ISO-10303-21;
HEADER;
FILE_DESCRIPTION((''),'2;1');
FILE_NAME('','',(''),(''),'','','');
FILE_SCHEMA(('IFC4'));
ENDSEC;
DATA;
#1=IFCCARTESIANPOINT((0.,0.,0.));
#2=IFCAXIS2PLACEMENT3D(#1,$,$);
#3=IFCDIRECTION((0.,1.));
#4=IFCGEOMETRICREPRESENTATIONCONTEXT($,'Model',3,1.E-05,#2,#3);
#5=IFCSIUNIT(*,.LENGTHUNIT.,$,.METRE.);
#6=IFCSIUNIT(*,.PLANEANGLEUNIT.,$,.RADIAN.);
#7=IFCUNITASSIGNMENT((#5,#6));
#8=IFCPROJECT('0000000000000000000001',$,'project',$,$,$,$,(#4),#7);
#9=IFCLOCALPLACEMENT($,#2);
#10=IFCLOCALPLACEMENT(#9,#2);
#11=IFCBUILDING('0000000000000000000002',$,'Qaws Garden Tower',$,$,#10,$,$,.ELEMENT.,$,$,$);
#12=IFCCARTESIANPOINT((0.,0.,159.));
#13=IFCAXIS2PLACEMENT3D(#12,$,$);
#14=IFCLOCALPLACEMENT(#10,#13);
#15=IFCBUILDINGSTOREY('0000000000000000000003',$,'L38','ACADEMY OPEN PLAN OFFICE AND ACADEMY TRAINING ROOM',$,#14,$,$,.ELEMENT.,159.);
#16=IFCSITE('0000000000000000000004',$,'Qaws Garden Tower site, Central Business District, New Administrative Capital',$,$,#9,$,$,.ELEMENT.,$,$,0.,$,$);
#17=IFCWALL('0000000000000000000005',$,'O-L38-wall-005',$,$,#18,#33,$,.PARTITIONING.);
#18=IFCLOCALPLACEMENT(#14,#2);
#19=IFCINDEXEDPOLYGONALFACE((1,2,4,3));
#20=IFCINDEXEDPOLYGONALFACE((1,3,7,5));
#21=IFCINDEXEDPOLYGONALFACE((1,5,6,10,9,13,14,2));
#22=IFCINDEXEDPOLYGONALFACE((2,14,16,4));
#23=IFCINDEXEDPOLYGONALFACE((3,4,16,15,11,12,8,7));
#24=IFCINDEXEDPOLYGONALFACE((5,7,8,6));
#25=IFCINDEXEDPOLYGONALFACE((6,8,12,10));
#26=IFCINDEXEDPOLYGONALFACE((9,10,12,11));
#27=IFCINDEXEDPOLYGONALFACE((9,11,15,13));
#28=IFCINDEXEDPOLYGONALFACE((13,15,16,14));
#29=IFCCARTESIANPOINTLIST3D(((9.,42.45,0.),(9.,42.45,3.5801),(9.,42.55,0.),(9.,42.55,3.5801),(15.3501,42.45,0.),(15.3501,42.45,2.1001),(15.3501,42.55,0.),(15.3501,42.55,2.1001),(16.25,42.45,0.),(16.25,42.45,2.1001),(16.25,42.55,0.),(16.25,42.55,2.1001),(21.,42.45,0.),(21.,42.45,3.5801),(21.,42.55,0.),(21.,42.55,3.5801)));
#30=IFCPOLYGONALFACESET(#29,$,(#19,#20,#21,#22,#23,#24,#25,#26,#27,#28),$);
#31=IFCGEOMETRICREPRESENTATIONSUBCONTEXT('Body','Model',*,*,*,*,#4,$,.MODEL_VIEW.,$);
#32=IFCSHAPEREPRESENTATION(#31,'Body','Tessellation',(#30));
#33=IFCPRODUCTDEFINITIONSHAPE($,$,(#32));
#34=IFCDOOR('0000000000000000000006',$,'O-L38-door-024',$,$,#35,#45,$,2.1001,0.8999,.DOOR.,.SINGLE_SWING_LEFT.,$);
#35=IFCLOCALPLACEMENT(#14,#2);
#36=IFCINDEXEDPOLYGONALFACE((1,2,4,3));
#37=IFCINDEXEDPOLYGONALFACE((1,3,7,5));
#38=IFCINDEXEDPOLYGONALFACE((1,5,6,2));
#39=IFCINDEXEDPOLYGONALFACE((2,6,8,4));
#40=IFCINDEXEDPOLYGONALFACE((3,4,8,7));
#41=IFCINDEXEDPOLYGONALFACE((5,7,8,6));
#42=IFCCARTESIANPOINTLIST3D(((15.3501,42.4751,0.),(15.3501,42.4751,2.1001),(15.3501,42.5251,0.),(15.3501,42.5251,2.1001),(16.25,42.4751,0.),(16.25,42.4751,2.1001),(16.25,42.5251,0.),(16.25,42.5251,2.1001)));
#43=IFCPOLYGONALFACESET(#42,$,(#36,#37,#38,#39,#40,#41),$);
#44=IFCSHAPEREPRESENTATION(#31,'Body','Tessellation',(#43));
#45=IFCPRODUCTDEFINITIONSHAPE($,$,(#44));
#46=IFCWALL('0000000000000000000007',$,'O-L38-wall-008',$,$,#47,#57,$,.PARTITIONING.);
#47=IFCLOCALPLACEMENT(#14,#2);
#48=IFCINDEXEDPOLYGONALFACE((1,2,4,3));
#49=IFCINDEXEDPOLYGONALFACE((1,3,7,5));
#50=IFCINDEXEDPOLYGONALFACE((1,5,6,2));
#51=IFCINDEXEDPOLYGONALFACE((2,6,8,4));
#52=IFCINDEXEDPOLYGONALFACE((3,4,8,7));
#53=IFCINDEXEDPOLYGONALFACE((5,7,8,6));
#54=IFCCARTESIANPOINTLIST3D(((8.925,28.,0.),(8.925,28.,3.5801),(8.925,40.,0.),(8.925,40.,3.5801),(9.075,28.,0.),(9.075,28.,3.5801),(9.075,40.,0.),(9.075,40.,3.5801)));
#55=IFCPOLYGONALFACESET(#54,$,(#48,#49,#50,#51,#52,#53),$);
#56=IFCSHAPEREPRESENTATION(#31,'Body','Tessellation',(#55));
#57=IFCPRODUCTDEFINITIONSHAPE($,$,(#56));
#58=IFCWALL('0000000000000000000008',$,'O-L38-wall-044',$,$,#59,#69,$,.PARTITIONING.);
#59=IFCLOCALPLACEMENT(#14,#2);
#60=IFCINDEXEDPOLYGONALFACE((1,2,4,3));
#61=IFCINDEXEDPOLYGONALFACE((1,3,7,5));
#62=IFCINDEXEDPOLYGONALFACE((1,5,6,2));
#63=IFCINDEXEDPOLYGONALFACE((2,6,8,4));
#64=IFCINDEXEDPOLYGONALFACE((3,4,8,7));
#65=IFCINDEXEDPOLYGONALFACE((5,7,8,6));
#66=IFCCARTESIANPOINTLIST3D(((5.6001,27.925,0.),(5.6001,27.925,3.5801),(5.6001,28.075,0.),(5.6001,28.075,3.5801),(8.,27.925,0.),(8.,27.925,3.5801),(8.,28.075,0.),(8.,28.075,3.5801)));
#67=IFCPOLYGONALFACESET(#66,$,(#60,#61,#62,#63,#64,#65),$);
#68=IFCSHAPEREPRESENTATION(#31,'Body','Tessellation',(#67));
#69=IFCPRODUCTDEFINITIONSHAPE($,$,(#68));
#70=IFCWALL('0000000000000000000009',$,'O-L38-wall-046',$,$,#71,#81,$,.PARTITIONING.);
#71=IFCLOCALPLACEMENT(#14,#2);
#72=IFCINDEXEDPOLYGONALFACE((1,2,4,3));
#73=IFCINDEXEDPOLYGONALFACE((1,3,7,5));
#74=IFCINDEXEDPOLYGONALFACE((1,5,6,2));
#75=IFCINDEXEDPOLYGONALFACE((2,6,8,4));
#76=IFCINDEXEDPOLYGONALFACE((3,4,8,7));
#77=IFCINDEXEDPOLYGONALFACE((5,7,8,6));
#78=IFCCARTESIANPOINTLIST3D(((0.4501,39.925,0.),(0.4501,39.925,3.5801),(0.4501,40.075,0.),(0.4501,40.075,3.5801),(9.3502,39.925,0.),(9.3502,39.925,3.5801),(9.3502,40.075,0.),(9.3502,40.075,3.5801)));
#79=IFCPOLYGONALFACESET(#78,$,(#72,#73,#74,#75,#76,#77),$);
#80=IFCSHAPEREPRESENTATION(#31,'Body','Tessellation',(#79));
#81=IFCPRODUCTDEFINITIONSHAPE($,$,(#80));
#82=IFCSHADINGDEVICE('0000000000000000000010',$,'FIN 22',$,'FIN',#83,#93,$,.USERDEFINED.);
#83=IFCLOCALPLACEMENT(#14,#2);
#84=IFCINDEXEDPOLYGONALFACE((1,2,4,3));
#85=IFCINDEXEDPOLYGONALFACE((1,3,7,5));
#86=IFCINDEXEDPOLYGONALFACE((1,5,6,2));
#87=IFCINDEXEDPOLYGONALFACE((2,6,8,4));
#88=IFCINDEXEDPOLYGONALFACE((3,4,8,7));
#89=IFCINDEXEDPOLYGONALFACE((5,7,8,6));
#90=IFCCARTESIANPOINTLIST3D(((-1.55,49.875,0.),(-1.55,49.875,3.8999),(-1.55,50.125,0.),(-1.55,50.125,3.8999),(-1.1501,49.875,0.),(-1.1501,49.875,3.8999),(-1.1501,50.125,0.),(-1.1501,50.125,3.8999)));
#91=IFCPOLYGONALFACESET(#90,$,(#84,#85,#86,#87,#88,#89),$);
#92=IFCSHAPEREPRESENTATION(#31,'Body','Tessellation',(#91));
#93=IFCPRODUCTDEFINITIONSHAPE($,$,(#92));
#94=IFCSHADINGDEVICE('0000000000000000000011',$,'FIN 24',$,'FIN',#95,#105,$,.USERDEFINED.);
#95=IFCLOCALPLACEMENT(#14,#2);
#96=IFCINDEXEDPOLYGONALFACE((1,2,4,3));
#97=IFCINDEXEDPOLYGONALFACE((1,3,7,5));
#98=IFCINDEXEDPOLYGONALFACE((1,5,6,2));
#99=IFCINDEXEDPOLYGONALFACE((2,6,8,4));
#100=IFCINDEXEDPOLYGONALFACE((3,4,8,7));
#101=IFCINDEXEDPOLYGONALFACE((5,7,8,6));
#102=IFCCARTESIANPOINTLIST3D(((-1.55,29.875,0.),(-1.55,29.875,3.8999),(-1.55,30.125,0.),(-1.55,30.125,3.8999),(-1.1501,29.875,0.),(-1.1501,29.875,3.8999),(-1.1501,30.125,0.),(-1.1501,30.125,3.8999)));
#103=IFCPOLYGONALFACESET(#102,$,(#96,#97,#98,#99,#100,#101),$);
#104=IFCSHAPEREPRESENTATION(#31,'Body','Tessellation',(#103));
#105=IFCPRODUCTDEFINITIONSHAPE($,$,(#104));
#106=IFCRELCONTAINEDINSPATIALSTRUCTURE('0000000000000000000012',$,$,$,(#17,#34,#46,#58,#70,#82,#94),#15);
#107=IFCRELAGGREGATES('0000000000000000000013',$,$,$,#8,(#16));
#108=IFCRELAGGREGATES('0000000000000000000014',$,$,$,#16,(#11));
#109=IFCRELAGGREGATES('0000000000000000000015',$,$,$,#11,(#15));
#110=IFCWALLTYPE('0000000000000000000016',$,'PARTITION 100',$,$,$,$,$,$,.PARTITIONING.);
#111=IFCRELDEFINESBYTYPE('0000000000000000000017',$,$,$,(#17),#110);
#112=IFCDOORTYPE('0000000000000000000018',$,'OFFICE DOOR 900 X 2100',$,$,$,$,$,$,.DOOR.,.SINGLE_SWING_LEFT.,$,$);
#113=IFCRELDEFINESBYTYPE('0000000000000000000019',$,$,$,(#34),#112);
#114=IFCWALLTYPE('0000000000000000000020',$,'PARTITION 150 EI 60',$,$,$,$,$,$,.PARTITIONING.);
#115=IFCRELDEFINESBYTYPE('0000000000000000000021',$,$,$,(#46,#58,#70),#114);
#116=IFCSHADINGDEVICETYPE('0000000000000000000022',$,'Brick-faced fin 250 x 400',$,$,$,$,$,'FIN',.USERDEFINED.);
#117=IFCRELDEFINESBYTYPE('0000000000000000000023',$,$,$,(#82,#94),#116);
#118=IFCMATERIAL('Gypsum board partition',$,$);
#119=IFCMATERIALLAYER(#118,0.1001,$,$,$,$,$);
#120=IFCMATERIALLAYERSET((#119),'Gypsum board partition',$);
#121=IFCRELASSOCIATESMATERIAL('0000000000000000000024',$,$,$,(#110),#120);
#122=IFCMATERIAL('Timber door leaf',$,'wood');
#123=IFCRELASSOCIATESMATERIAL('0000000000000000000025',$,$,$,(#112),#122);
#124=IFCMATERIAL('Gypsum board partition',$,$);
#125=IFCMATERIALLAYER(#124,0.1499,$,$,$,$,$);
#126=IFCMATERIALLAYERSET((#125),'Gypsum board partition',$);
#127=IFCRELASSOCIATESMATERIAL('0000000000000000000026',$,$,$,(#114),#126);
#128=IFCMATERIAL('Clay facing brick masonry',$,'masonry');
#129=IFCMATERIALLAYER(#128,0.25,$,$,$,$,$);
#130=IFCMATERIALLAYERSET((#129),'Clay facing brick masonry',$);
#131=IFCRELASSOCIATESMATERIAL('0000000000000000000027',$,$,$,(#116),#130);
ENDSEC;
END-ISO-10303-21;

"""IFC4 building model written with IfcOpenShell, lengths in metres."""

from ifc_helpers import new_model, si_unit, direction, frame, frame_2d, origin, origin_2d, place, context, subcontext, project, spatial, rectangle, extrude, material, layer, layer_set, type_object, element, fill, save


model = new_model("IFC4")

# Units and contexts
model_context = context("Model", 3, precision=1e-05, world=origin(), true_north=direction((0.0, 1.0)))
body_context = subcontext(model_context, "Body", "Model", "MODEL_VIEW")
ifc_project = project(units=[si_unit("LENGTHUNIT", "METRE"), si_unit("PLANEANGLEUNIT", "RADIAN")], contexts=[model_context])

# Site, building, storey
site_placement = place(None, origin())
site = spatial("IfcSite", under=ifc_project, at=site_placement, Name="Qaws Garden Tower site, Central Business District, New Administrative Capital", CompositionType="ELEMENT", RefElevation=0.0)
building_placement = place(site_placement, origin())
building = spatial("IfcBuilding", under=site, at=building_placement, Name="Qaws Garden Tower", CompositionType="ELEMENT")
storey_placement = place(building_placement, frame((0.0, 0.0, 159.0)))
storey = spatial("IfcBuildingStorey", under=building, at=storey_placement, Name="L38", Description="ACADEMY OPEN PLAN OFFICE AND ACADEMY TRAINING ROOM", CompositionType="ELEMENT", Elevation=159.0)

# Shared definitions
ifc_material_1 = material(Name="Gypsum board partition")
ifc_layer_1 = layer(ifc_material_1, 0.1001)
ifc_layer_set_1 = layer_set([ifc_layer_1], Name="Gypsum board partition")
wall_type_1 = type_object("IfcWallType", Name="PARTITION 100", PredefinedType="PARTITIONING", material=ifc_layer_set_1)

# Wall, opening, door
wall_1_placement = place(storey_placement, frame((9.0, 42.5, 0.0), z_axis=(0.0, 0.0, 1.0), x_axis=(1.0, 0.0, 0.0)))
wall_1 = element("IfcWall", 1, at=wall_1_placement, inside=storey, type_object=wall_type_1, Name="O-L38-wall-005", PredefinedType="PARTITIONING", context=body_context, shape_type="SweptSolid", body=[
    extrude(rectangle(XDim=12.0, YDim=0.1001, at=frame_2d((6.0, 0.0))), origin(), (0.0, 0.0, 1.0), 3.5801),
])
opening_1_placement = place(wall_1_placement, frame((6.3501, 0.0, 0.0)))
opening_1 = element("IfcOpeningElement", 2, at=opening_1_placement, cuts=wall_1, PredefinedType="OPENING", context=body_context, shape_type="SweptSolid", body=[
    extrude(rectangle(XDim=0.8999, YDim=2.1001, at=frame_2d((0.45, 1.05))), frame((0.0, 0.0601, 0.0), z_axis=(0.0, -1.0, 0.0), x_axis=(1.0, 0.0, 0.0)), (0.0, 0.0, 1.0), 0.1201),
])
ifc_material_2 = material(Name="Timber door leaf", Category="wood")
door_type = type_object("IfcDoorType", Name="OFFICE DOOR 900 X 2100", OperationType="SINGLE_SWING_LEFT", PredefinedType="DOOR", material=ifc_material_2)
door_placement = place(opening_1_placement, frame((0.8999, 0.0, 0.0), z_axis=(0.0, 0.0, 1.0), x_axis=(-1.0, 0.0, 0.0)))
door = element("IfcDoor", 3, at=door_placement, inside=storey, type_object=door_type, Name="O-L38-door-024", OperationType="SINGLE_SWING_LEFT", OverallHeight=2.1001, OverallWidth=0.8999, PredefinedType="DOOR", context=body_context, shape_type="SweptSolid", body=[
    extrude(rectangle(XDim=0.8999, YDim=2.1001, at=frame_2d((0.45, 1.05))), frame((0.0, 0.0249, 0.0), z_axis=(0.0, -1.0, 0.0), x_axis=(1.0, 0.0, 0.0)), (0.0, 0.0, 1.0), 0.05),
])
fill(opening_1, door)

# Walls
ifc_material_3 = material(Name="Gypsum board partition")
ifc_layer_2 = layer(ifc_material_3, 0.1499)
ifc_layer_set_2 = layer_set([ifc_layer_2], Name="Gypsum board partition")
wall_type_2 = type_object("IfcWallType", Name="PARTITION 150 EI 60", PredefinedType="PARTITIONING", material=ifc_layer_set_2)
wall_2_placement = place(storey_placement, frame((9.0, 28.0, 0.0), z_axis=(0.0, 0.0, 1.0), x_axis=(0.0, 1.0, 0.0)))
element("IfcWall", 4, at=wall_2_placement, inside=storey, type_object=wall_type_2, Name="O-L38-wall-008", PredefinedType="PARTITIONING", context=body_context, shape_type="SweptSolid", body=[
    extrude(rectangle(XDim=12.0, YDim=0.1499, at=frame_2d((6.0, 0.0))), origin(), (0.0, 0.0, 1.0), 3.5801),
])
wall_3_placement = place(storey_placement, frame((5.6001, 28.0, 0.0), z_axis=(0.0, 0.0, 1.0), x_axis=(1.0, 0.0, 0.0)))
element("IfcWall", 5, at=wall_3_placement, inside=storey, type_object=wall_type_2, Name="O-L38-wall-044", PredefinedType="PARTITIONING", context=body_context, shape_type="SweptSolid", body=[
    extrude(rectangle(XDim=2.3999, YDim=0.1499, at=frame_2d((1.2, 0.0))), origin(), (0.0, 0.0, 1.0), 3.5801),
])
wall_4_placement = place(storey_placement, frame((0.45, 40.0, 0.0), z_axis=(0.0, 0.0, 1.0), x_axis=(1.0, 0.0, 0.0)))
element("IfcWall", 6, at=wall_4_placement, inside=storey, type_object=wall_type_2, Name="O-L38-wall-046", PredefinedType="PARTITIONING", context=body_context, shape_type="SweptSolid", body=[
    extrude(rectangle(XDim=8.9001, YDim=0.1499, at=frame_2d((4.4502, 0.0))), origin(), (0.0, 0.0, 1.0), 3.5801),
])

# Shading devices
ifc_material_4 = material(Name="Clay facing brick masonry", Category="masonry")
ifc_layer_3 = layer(ifc_material_4, 0.25)
ifc_layer_set_3 = layer_set([ifc_layer_3], Name="Clay facing brick masonry")
shading_device_type = type_object("IfcShadingDeviceType", Name="Brick-faced fin 250 x 400", ElementType="FIN", PredefinedType="USERDEFINED", material=ifc_layer_set_3)
for number, where, z_axis, x_axis, name in (
    (7, (-1.3501, 50.0, 0.0), (0.0, 0.0, 1.0), (0.0, -1.0, 0.0), "FIN 22"),
    (8, (-1.3501, 30.0, 0.0), (0.0, 0.0, 1.0), (0.0, -1.0, 0.0), "FIN 24"),
):
    element("IfcShadingDevice", number, at=place(storey_placement, frame(where, z_axis=z_axis, x_axis=x_axis)), inside=storey, type_object=shading_device_type, Name=name, ObjectType="FIN", PredefinedType="USERDEFINED", context=body_context, shape_type="SweptSolid", body=[
        extrude(rectangle(XDim=0.25, YDim=0.3999, at=origin_2d()), origin(), (0.0, 0.0, 1.0), 3.8999),
    ])

save(model, "model.ifc")
